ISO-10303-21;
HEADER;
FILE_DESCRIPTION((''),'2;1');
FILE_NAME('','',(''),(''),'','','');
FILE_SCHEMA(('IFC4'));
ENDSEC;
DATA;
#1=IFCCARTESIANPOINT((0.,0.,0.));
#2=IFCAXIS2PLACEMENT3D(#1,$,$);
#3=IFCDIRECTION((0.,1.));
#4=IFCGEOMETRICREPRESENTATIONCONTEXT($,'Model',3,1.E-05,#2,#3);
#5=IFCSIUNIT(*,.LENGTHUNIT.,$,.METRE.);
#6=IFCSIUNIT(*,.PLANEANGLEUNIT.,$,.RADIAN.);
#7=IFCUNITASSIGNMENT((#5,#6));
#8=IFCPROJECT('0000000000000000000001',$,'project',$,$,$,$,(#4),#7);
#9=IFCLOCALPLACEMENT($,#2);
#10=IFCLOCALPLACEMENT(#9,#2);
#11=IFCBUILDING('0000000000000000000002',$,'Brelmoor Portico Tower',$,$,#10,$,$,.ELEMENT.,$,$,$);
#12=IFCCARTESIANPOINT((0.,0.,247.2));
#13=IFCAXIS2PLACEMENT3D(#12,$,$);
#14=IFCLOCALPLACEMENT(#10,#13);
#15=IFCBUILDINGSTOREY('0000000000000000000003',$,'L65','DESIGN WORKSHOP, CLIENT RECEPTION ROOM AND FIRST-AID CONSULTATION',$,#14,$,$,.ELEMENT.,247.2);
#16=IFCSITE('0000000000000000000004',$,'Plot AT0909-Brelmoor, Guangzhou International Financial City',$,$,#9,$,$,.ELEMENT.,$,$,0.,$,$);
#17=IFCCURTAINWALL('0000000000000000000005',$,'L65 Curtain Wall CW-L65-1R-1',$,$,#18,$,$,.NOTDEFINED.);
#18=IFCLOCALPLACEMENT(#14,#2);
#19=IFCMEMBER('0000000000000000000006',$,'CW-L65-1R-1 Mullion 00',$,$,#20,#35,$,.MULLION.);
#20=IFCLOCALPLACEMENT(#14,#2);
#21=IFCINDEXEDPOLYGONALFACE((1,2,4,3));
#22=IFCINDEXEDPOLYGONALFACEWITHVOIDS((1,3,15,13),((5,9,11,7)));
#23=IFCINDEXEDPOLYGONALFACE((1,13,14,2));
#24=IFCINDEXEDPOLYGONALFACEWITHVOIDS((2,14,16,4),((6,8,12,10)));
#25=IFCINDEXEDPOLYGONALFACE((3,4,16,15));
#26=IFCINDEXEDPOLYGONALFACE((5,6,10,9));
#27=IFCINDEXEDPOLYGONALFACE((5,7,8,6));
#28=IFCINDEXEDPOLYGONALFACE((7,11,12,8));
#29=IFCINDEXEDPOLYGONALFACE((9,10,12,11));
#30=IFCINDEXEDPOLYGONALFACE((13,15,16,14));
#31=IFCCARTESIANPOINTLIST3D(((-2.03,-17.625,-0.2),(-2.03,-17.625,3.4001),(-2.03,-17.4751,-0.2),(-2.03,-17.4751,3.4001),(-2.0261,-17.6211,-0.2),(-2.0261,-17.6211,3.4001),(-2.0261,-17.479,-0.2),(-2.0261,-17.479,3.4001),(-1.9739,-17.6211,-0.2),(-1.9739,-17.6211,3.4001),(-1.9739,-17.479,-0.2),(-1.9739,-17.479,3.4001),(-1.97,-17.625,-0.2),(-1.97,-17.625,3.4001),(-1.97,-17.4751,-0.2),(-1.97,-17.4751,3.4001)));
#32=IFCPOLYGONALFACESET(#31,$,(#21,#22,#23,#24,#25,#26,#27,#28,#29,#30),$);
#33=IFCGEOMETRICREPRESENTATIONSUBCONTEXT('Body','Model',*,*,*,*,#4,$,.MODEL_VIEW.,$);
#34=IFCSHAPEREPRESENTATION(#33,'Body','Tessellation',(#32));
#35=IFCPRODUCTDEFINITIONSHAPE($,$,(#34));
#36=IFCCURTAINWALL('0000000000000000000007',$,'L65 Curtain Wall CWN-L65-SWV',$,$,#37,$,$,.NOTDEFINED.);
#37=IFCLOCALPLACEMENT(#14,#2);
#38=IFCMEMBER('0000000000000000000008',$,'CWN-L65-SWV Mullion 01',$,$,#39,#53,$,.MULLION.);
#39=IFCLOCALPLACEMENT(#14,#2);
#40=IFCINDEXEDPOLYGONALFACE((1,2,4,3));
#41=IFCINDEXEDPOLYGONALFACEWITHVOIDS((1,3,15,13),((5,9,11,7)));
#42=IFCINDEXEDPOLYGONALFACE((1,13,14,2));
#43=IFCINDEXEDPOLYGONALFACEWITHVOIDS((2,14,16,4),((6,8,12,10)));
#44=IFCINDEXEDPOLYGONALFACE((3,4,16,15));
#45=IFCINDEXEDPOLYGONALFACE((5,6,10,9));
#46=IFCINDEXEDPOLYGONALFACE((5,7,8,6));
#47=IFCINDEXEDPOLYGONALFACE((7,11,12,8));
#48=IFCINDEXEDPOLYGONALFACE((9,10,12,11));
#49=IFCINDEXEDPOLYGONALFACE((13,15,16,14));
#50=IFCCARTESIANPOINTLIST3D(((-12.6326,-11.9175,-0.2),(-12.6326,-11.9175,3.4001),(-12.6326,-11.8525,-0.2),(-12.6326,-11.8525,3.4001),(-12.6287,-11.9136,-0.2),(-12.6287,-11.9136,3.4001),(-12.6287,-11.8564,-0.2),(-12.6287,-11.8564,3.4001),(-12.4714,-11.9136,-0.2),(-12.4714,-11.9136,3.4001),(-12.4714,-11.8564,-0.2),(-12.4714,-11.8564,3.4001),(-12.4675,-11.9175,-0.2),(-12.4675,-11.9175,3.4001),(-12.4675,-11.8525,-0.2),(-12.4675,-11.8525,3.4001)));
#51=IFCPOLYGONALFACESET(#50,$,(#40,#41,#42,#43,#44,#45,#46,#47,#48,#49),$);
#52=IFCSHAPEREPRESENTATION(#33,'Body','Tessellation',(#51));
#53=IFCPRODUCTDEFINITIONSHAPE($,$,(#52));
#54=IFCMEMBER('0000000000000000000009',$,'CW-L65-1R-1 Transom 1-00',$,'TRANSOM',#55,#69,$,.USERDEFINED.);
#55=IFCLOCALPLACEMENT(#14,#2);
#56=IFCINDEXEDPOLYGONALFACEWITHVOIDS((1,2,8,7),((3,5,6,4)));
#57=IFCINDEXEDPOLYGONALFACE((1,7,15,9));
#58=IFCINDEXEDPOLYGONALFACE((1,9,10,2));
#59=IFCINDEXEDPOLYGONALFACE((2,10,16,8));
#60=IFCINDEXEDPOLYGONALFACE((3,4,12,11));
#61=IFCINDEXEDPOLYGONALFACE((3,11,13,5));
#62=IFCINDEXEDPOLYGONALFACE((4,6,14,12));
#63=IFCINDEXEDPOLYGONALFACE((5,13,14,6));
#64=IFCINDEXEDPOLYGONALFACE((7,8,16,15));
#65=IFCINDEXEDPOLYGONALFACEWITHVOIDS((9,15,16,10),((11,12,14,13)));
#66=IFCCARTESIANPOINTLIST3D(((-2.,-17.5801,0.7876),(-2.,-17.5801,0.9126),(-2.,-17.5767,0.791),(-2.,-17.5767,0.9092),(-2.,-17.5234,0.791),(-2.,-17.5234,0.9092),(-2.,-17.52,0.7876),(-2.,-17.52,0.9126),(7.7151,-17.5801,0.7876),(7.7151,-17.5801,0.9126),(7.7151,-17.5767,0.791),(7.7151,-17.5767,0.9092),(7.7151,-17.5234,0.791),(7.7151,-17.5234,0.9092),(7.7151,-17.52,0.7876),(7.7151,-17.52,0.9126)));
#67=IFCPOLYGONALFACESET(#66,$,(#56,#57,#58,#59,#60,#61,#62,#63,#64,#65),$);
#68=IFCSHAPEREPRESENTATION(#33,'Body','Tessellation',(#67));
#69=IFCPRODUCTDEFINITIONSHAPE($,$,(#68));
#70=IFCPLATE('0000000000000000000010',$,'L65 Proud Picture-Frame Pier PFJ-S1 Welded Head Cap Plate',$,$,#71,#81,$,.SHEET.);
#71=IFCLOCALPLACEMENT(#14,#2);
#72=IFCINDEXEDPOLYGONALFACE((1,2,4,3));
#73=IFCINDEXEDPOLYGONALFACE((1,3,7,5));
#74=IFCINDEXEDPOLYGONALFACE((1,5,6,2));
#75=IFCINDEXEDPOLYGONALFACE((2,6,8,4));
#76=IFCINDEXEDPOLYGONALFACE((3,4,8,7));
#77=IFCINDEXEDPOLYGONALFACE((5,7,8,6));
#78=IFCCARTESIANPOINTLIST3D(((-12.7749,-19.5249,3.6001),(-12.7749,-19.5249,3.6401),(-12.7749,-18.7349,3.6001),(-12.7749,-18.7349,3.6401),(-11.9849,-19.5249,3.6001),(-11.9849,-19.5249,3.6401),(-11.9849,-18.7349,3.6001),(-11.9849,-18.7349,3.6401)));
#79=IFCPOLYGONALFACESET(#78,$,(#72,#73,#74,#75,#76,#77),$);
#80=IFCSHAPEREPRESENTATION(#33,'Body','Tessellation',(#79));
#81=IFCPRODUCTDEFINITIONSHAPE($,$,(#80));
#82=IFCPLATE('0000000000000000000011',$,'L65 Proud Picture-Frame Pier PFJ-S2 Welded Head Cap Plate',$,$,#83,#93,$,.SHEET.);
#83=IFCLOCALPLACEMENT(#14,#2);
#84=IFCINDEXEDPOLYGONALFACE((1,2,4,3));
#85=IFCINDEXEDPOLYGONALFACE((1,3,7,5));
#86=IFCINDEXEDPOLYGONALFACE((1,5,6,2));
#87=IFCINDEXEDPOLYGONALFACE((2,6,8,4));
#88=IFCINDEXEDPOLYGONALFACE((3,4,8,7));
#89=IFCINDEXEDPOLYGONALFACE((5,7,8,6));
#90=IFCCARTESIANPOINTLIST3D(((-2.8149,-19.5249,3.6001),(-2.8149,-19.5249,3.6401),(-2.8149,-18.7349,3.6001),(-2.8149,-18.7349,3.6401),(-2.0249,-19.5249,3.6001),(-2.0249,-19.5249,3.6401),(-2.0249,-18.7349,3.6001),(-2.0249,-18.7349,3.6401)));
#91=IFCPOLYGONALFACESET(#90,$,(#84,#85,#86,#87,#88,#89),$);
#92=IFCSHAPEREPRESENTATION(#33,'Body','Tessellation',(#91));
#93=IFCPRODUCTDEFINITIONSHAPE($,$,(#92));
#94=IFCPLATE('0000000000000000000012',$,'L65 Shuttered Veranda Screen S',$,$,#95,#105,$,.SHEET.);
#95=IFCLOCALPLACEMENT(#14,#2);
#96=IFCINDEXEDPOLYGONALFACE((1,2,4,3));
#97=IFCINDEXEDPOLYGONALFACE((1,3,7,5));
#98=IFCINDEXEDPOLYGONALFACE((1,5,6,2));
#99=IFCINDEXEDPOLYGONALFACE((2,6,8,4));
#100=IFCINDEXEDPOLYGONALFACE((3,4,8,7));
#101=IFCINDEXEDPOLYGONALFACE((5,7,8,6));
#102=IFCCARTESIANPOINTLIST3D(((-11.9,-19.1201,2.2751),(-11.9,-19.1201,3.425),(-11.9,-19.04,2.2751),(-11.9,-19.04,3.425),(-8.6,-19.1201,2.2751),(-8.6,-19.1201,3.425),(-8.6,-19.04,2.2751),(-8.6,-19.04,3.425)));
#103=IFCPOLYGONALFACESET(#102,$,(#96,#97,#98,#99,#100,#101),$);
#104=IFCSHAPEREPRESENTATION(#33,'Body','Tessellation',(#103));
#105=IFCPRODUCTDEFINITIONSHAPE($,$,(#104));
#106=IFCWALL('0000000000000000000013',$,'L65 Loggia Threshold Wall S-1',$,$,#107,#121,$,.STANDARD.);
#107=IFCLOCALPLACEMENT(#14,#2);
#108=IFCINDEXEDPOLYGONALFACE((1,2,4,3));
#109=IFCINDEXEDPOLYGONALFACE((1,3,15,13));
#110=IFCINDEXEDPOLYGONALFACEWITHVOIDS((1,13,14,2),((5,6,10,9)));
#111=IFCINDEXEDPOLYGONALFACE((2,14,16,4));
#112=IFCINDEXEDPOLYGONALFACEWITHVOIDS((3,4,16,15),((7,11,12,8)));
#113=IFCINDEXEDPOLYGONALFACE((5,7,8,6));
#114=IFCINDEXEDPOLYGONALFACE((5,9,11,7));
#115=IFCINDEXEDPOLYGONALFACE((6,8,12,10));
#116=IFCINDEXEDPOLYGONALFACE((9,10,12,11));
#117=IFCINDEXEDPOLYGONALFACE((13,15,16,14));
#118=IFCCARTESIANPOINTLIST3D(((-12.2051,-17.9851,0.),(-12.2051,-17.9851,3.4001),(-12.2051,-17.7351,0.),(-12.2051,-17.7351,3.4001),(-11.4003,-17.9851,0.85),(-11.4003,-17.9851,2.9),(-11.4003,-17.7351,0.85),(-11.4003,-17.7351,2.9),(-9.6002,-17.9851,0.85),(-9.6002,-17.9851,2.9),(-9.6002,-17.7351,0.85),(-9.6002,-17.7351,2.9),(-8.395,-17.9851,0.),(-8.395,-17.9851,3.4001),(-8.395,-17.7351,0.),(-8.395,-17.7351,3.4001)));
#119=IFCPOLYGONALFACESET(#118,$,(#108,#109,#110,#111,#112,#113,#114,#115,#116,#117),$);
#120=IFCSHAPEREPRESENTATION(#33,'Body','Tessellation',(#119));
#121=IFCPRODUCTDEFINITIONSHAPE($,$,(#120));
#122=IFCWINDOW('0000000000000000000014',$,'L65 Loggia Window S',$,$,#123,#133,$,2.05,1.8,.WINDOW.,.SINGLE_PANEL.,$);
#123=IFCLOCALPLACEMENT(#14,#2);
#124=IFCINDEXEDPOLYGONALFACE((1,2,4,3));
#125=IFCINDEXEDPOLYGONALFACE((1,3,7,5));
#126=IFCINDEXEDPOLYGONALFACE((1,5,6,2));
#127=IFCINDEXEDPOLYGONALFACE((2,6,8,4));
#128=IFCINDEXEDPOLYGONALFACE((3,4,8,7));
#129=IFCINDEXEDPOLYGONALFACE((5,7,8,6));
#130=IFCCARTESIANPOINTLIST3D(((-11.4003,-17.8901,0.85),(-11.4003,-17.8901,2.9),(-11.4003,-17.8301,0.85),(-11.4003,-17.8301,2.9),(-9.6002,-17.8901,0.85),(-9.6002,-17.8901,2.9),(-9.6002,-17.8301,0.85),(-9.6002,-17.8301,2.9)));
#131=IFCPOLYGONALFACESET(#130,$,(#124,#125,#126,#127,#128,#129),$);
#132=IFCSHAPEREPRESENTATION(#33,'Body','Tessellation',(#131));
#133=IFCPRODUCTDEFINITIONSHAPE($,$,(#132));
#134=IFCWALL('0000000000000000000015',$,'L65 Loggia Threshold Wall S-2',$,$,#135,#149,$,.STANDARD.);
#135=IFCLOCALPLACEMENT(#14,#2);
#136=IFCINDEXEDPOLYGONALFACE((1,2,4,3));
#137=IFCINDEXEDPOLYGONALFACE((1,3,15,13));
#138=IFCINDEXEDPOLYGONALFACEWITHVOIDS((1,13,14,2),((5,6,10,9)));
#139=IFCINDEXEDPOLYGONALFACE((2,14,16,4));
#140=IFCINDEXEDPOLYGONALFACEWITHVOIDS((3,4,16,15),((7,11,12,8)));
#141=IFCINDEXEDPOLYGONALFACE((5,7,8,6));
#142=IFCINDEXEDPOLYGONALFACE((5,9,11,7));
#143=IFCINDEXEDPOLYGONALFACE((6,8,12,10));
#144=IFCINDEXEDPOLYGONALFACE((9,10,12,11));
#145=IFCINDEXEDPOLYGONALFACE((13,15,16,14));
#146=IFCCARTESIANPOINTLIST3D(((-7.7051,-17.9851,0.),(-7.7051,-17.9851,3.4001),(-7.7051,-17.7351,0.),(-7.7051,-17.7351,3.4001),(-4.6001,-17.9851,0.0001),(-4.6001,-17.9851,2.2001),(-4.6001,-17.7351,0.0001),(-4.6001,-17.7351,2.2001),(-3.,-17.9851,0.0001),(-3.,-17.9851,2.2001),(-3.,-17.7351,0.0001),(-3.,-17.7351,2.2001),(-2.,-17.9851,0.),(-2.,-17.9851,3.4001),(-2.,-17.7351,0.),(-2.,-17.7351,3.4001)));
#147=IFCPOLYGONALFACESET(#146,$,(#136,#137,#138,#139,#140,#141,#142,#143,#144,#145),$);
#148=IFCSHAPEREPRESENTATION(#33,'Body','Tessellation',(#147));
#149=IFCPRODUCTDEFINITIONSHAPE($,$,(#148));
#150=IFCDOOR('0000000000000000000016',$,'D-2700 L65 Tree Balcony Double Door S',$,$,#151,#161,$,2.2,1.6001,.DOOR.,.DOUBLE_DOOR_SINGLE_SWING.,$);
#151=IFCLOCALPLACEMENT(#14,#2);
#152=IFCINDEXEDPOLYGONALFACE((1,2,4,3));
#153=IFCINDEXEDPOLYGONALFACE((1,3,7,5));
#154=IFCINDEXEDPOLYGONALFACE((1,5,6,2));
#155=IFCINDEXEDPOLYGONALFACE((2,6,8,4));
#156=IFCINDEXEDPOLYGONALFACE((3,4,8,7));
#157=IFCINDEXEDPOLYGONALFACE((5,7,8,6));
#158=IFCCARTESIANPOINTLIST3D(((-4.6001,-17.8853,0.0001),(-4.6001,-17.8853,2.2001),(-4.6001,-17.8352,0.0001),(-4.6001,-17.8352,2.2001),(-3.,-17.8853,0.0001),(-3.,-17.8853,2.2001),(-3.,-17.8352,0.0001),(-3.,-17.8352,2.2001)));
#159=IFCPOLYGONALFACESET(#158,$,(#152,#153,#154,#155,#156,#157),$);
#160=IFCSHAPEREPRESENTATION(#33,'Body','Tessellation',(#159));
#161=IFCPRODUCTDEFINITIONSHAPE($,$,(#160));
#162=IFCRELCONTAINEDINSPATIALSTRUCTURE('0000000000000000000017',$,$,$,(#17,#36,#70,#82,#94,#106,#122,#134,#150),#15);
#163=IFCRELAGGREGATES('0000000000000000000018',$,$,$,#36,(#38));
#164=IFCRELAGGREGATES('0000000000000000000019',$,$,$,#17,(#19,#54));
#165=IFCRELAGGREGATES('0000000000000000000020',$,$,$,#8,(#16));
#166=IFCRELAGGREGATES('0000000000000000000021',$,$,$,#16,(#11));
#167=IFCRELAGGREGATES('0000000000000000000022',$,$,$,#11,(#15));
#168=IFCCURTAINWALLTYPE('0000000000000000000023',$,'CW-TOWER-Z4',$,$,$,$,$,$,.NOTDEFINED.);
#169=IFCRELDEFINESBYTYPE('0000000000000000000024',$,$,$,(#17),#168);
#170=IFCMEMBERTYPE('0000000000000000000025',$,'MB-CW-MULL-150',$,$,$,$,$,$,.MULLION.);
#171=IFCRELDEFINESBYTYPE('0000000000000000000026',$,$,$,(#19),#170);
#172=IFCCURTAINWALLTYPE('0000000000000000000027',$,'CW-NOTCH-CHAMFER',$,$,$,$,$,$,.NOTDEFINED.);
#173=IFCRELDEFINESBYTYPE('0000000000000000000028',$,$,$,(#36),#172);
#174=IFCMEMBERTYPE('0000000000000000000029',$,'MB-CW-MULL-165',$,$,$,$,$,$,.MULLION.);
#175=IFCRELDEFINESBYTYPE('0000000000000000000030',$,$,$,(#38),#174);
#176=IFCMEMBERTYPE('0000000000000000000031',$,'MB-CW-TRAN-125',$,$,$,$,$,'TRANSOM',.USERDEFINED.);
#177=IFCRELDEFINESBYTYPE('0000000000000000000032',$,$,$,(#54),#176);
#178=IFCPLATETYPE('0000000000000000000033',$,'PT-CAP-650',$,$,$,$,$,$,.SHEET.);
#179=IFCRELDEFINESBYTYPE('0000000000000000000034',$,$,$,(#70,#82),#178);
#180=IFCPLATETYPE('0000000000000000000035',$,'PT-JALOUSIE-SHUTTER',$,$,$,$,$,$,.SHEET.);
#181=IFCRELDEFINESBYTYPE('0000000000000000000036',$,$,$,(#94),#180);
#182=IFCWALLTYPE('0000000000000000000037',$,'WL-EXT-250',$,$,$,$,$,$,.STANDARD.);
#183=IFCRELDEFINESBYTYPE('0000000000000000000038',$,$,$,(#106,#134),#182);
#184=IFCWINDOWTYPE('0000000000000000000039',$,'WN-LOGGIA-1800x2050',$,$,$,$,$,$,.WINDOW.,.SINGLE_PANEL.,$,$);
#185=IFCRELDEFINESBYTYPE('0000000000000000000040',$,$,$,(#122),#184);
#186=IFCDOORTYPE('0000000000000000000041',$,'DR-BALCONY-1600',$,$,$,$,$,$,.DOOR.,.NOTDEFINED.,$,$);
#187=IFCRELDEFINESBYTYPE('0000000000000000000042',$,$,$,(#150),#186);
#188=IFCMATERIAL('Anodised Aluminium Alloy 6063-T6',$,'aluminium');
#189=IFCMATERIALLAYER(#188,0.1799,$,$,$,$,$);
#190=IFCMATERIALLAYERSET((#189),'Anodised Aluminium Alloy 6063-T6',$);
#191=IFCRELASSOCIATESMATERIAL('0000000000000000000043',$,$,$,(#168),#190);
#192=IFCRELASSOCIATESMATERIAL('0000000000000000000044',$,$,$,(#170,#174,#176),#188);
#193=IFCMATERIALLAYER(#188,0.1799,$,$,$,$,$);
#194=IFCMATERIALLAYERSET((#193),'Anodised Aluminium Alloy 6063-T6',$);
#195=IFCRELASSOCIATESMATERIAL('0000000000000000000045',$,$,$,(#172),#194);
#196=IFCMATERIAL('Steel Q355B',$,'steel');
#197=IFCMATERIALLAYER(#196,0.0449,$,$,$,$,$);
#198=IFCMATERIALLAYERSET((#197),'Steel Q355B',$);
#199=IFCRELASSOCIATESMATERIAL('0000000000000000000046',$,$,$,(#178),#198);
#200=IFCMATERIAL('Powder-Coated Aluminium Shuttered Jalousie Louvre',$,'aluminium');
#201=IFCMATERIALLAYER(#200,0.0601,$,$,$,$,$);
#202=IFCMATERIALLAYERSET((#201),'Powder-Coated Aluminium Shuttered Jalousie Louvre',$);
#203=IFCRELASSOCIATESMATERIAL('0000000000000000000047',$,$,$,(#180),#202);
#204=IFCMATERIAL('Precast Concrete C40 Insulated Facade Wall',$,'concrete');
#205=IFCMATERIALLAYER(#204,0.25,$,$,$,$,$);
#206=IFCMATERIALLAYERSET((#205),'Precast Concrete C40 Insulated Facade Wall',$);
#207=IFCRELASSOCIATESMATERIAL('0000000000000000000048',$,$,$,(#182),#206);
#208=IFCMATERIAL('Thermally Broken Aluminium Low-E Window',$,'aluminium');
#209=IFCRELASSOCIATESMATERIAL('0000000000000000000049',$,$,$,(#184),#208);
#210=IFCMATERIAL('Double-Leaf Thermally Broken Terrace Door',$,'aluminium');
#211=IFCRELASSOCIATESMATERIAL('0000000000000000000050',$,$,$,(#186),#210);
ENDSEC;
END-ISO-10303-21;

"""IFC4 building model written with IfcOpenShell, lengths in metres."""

from ifc_helpers import new_model, si_unit, direction, frame, frame_2d, origin, origin_2d, place, context, subcontext, project, spatial, rectangle, hollow_rectangle, extrude, material, layer, layer_set, material_profile, profile_set, type_object, element, fill, aggregate, save


model = new_model("IFC4")

# Units and contexts
model_context = context("Model", 3, precision=1e-05, world=origin(), true_north=direction((0.0, 1.0)))
body_context = subcontext(model_context, "Body", "Model", "MODEL_VIEW")
ifc_project = project(units=[si_unit("LENGTHUNIT", "METRE"), si_unit("PLANEANGLEUNIT", "RADIAN")], contexts=[model_context])

# Site, building, storey
site_placement = place(None, origin())
site = spatial("IfcSite", under=ifc_project, at=site_placement, Name="Plot AT0909-Brelmoor, Guangzhou International Financial City", CompositionType="ELEMENT", RefElevation=0.0)
building_placement = place(site_placement, origin())
building = spatial("IfcBuilding", under=site, at=building_placement, Name="Brelmoor Portico Tower", CompositionType="ELEMENT")
storey_placement = place(building_placement, frame((0.0, 0.0, 247.2)))
storey = spatial("IfcBuildingStorey", under=building, at=storey_placement, Name="L65", Description="DESIGN WORKSHOP, CLIENT RECEPTION ROOM AND FIRST-AID CONSULTATION", CompositionType="ELEMENT", Elevation=247.2)

# Shared definitions
ifc_material_1 = material(Name="Steel Q355B", Category="steel")

# Curtain walls, members
ifc_material_2 = material(Name="Anodised Aluminium Alloy 6063-T6", Category="aluminium")
ifc_layer_1 = layer(ifc_material_2, 0.1799)
ifc_layer_set_1 = layer_set([ifc_layer_1], Name="Anodised Aluminium Alloy 6063-T6")
curtain_wall_type_1 = type_object("IfcCurtainWallType", Name="CW-TOWER-Z4", PredefinedType="NOTDEFINED", material=ifc_layer_set_1)
curtain_wall_1_placement = place(storey_placement, origin())
curtain_wall_1 = element("IfcCurtainWall", 1, at=curtain_wall_1_placement, inside=storey, type_object=curtain_wall_type_1, Name="L65 Curtain Wall CW-L65-1R-1", PredefinedType="NOTDEFINED")
ifc_material_profile_1 = material_profile(ifc_material_2, hollow_rectangle(XDim=0.0601, YDim=0.1499, WallThickness=0.0039, at=origin_2d()), Name="ALU MULLION 60x150")
ifc_profile_set_1 = profile_set([ifc_material_profile_1], Name="Anodised Aluminium Alloy 6063-T6")
member_type_1 = type_object("IfcMemberType", Name="MB-CW-MULL-150", PredefinedType="MULLION", material=ifc_profile_set_1)
member_1_placement = place(storey_placement, frame((-2.0, -17.55, -0.2), z_axis=(0.0, 0.0, 1.0), x_axis=(1.0, 0.0, 0.0)))
member_1 = element("IfcMember", 2, at=member_1_placement, type_object=member_type_1, Name="CW-L65-1R-1 Mullion 00", PredefinedType="MULLION", context=body_context, shape_type="SweptSolid", body=[
    extrude(hollow_rectangle(XDim=0.0601, YDim=0.1499, WallThickness=0.0039, at=origin_2d()), origin(), (0.0, 0.0, 1.0), 3.6001),
])
ifc_layer_2 = layer(ifc_material_2, 0.1799)
ifc_layer_set_2 = layer_set([ifc_layer_2], Name="Anodised Aluminium Alloy 6063-T6")
curtain_wall_type_2 = type_object("IfcCurtainWallType", Name="CW-NOTCH-CHAMFER", PredefinedType="NOTDEFINED", material=ifc_layer_set_2)
curtain_wall_2_placement = place(storey_placement, origin())
curtain_wall_2 = element("IfcCurtainWall", 3, at=curtain_wall_2_placement, inside=storey, type_object=curtain_wall_type_2, Name="L65 Curtain Wall CWN-L65-SWV", PredefinedType="NOTDEFINED")
ifc_material_profile_2 = material_profile(ifc_material_2, hollow_rectangle(XDim=0.0649, YDim=0.165, WallThickness=0.0039, at=origin_2d()), Name="ALU MULLION 65x165")
ifc_profile_set_2 = profile_set([ifc_material_profile_2], Name="Anodised Aluminium Alloy 6063-T6")
member_type_2 = type_object("IfcMemberType", Name="MB-CW-MULL-165", PredefinedType="MULLION", material=ifc_profile_set_2)
member_2_placement = place(storey_placement, frame((-12.55, -11.885, -0.2), z_axis=(0.0, 0.0, 1.0), x_axis=(0.0, 1.0, 0.0)))
member_2 = element("IfcMember", 4, at=member_2_placement, type_object=member_type_2, Name="CWN-L65-SWV Mullion 01", PredefinedType="MULLION", context=body_context, shape_type="SweptSolid", body=[
    extrude(hollow_rectangle(XDim=0.0649, YDim=0.165, WallThickness=0.0039, at=origin_2d()), origin(), (0.0, 0.0, 1.0), 3.6001),
])
aggregate(curtain_wall_2, [member_2])

# Member
ifc_material_profile_3 = material_profile(ifc_material_2, hollow_rectangle(XDim=0.0601, YDim=0.125, WallThickness=0.0034, at=origin_2d()), Name="ALU TRANSOM 60x125")
ifc_profile_set_3 = profile_set([ifc_material_profile_3], Name="Anodised Aluminium Alloy 6063-T6")
member_type_3 = type_object("IfcMemberType", Name="MB-CW-TRAN-125", ElementType="TRANSOM", PredefinedType="USERDEFINED", material=ifc_profile_set_3)
member_3_placement = place(storey_placement, frame((-2.0, -17.55, 0.8501), z_axis=(1.0, 0.0, 0.0), x_axis=(0.0, 1.0, 0.0)))
member_3 = element("IfcMember", 5, at=member_3_placement, type_object=member_type_3, Name="CW-L65-1R-1 Transom 1-00", ObjectType="TRANSOM", PredefinedType="USERDEFINED", context=body_context, shape_type="SweptSolid", body=[
    extrude(hollow_rectangle(XDim=0.0601, YDim=0.125, WallThickness=0.0034, at=origin_2d()), origin(), (0.0, 0.0, 1.0), 9.7151),
])
aggregate(curtain_wall_1, [member_1, member_3])

# Plates
ifc_layer_3 = layer(ifc_material_1, 0.0449)
ifc_layer_set_3 = layer_set([ifc_layer_3], Name="Steel Q355B")
plate_type_1 = type_object("IfcPlateType", Name="PT-CAP-650", PredefinedType="SHEET", material=ifc_layer_set_3)
for number, where, z_axis, x_axis, name in (
    (6, (-12.3799, -19.1299, 3.6001), (0.0, 0.0, 1.0), (1.0, 0.0, 0.0), "L65 Proud Picture-Frame Pier PFJ-S1 Welded Head Cap Plate"),
    (7, (-2.4199, -19.1299, 3.6001), (0.0, 0.0, 1.0), (1.0, 0.0, 0.0), "L65 Proud Picture-Frame Pier PFJ-S2 Welded Head Cap Plate"),
):
    element("IfcPlate", number, at=place(storey_placement, frame(where, z_axis=z_axis, x_axis=x_axis)), inside=storey, type_object=plate_type_1, Name=name, PredefinedType="SHEET", context=body_context, shape_type="SweptSolid", body=[
        extrude(rectangle(XDim=0.79, YDim=0.79, at=origin_2d()), origin(), (0.0, 0.0, 1.0), 0.04),
    ])
ifc_material_3 = material(Name="Powder-Coated Aluminium Shuttered Jalousie Louvre", Category="aluminium")
ifc_layer_4 = layer(ifc_material_3, 0.0601)
ifc_layer_set_4 = layer_set([ifc_layer_4], Name="Powder-Coated Aluminium Shuttered Jalousie Louvre")
plate_type_2 = type_object("IfcPlateType", Name="PT-JALOUSIE-SHUTTER", PredefinedType="SHEET", material=ifc_layer_set_4)
plate_placement = place(storey_placement, frame((-10.25, -19.0801, 2.2751), z_axis=(0.0, 0.0, 1.0), x_axis=(1.0, 0.0, 0.0)))
element("IfcPlate", 8, at=plate_placement, inside=storey, type_object=plate_type_2, Name="L65 Shuttered Veranda Screen S", PredefinedType="SHEET", context=body_context, shape_type="SweptSolid", body=[
    extrude(rectangle(XDim=3.3, YDim=0.0801, at=origin_2d()), origin(), (0.0, 0.0, 1.0), 1.1499),
])

# Wall, opening, window
ifc_material_4 = material(Name="Precast Concrete C40 Insulated Facade Wall", Category="concrete")
ifc_layer_5 = layer(ifc_material_4, 0.25)
ifc_layer_set_5 = layer_set([ifc_layer_5], Name="Precast Concrete C40 Insulated Facade Wall")
wall_type_1 = type_object("IfcWallType", Name="WL-EXT-250", PredefinedType="STANDARD", material=ifc_layer_set_5)
wall_1_placement = place(storey_placement, frame((-12.2051, -17.8601, 0.0), z_axis=(0.0, 0.0, 1.0), x_axis=(1.0, 0.0, 0.0)))
wall_1 = element("IfcWall", 9, at=wall_1_placement, inside=storey, type_object=wall_type_1, Name="L65 Loggia Threshold Wall S-1", PredefinedType="STANDARD", context=body_context, shape_type="SweptSolid", body=[
    extrude(rectangle(XDim=3.8101, YDim=0.25, at=frame_2d((1.905, 0.0))), origin(), (0.0, 0.0, 1.0), 3.4001),
])
opening_1_placement = place(wall_1_placement, frame((0.8049, 0.0, 0.8501)))
opening_1 = element("IfcOpeningElement", 10, at=opening_1_placement, cuts=wall_1, PredefinedType="OPENING", context=body_context, shape_type="SweptSolid", body=[
    extrude(rectangle(XDim=1.8, YDim=2.05, at=frame_2d((0.8999, 1.0249))), frame((0.0, 0.135, 0.0), z_axis=(0.0, -1.0, 0.0), x_axis=(1.0, 0.0, 0.0)), (0.0, 0.0, 1.0), 0.27),
])
ifc_material_5 = material(Name="Thermally Broken Aluminium Low-E Window", Category="aluminium")
window_type = type_object("IfcWindowType", Name="WN-LOGGIA-1800x2050", PartitioningType="SINGLE_PANEL", PredefinedType="WINDOW", material=ifc_material_5)
window_placement = place(opening_1_placement, origin())
window = element("IfcWindow", 11, at=window_placement, inside=storey, type_object=window_type, Name="L65 Loggia Window S", OverallHeight=2.05, OverallWidth=1.8, PartitioningType="SINGLE_PANEL", PredefinedType="WINDOW", context=body_context, shape_type="SweptSolid", body=[
    extrude(rectangle(XDim=1.8, YDim=2.05, at=frame_2d((0.8999, 1.0249))), frame((0.0, 0.03, 0.0), z_axis=(0.0, -1.0, 0.0), x_axis=(1.0, 0.0, 0.0)), (0.0, 0.0, 1.0), 0.0601),
])
fill(opening_1, window)

# Wall, opening, door
wall_2_placement = place(storey_placement, frame((-7.7051, -17.8601, 0.0), z_axis=(0.0, 0.0, 1.0), x_axis=(1.0, 0.0, 0.0)))
wall_2 = element("IfcWall", 12, at=wall_2_placement, inside=storey, type_object=wall_type_1, Name="L65 Loggia Threshold Wall S-2", PredefinedType="STANDARD", context=body_context, shape_type="SweptSolid", body=[
    extrude(rectangle(XDim=5.7051, YDim=0.25, at=frame_2d((2.8525, 0.0))), origin(), (0.0, 0.0, 1.0), 3.4001),
])
opening_2_placement = place(wall_2_placement, frame((3.105, 0.0, 0.0)))
opening_2 = element("IfcOpeningElement", 13, at=opening_2_placement, cuts=wall_2, PredefinedType="OPENING", context=body_context, shape_type="SweptSolid", body=[
    extrude(rectangle(XDim=1.6001, YDim=2.2, at=frame_2d((0.8, 1.1001))), frame((0.0, 0.135, 0.0), z_axis=(0.0, -1.0, 0.0), x_axis=(1.0, 0.0, 0.0)), (0.0, 0.0, 1.0), 0.27),
])
ifc_material_6 = material(Name="Double-Leaf Thermally Broken Terrace Door", Category="aluminium")
door_type_1 = type_object("IfcDoorType", Name="DR-BALCONY-1600", OperationType="NOTDEFINED", PredefinedType="DOOR", material=ifc_material_6)
door_1_placement = place(opening_2_placement, origin())
door_1 = element("IfcDoor", 14, at=door_1_placement, inside=storey, type_object=door_type_1, Name="D-2700 L65 Tree Balcony Double Door S", OperationType="DOUBLE_DOOR_SINGLE_SWING", OverallHeight=2.2, OverallWidth=1.6001, PredefinedType="DOOR", context=body_context, shape_type="SweptSolid", body=[
    extrude(rectangle(XDim=1.6001, YDim=2.2, at=frame_2d((0.8, 1.1001))), frame((0.0, 0.0249, 0.0), z_axis=(0.0, -1.0, 0.0), x_axis=(1.0, 0.0, 0.0)), (0.0, 0.0, 1.0), 0.05),
])
fill(opening_2, door_1)

save(model, "model.ifc")
